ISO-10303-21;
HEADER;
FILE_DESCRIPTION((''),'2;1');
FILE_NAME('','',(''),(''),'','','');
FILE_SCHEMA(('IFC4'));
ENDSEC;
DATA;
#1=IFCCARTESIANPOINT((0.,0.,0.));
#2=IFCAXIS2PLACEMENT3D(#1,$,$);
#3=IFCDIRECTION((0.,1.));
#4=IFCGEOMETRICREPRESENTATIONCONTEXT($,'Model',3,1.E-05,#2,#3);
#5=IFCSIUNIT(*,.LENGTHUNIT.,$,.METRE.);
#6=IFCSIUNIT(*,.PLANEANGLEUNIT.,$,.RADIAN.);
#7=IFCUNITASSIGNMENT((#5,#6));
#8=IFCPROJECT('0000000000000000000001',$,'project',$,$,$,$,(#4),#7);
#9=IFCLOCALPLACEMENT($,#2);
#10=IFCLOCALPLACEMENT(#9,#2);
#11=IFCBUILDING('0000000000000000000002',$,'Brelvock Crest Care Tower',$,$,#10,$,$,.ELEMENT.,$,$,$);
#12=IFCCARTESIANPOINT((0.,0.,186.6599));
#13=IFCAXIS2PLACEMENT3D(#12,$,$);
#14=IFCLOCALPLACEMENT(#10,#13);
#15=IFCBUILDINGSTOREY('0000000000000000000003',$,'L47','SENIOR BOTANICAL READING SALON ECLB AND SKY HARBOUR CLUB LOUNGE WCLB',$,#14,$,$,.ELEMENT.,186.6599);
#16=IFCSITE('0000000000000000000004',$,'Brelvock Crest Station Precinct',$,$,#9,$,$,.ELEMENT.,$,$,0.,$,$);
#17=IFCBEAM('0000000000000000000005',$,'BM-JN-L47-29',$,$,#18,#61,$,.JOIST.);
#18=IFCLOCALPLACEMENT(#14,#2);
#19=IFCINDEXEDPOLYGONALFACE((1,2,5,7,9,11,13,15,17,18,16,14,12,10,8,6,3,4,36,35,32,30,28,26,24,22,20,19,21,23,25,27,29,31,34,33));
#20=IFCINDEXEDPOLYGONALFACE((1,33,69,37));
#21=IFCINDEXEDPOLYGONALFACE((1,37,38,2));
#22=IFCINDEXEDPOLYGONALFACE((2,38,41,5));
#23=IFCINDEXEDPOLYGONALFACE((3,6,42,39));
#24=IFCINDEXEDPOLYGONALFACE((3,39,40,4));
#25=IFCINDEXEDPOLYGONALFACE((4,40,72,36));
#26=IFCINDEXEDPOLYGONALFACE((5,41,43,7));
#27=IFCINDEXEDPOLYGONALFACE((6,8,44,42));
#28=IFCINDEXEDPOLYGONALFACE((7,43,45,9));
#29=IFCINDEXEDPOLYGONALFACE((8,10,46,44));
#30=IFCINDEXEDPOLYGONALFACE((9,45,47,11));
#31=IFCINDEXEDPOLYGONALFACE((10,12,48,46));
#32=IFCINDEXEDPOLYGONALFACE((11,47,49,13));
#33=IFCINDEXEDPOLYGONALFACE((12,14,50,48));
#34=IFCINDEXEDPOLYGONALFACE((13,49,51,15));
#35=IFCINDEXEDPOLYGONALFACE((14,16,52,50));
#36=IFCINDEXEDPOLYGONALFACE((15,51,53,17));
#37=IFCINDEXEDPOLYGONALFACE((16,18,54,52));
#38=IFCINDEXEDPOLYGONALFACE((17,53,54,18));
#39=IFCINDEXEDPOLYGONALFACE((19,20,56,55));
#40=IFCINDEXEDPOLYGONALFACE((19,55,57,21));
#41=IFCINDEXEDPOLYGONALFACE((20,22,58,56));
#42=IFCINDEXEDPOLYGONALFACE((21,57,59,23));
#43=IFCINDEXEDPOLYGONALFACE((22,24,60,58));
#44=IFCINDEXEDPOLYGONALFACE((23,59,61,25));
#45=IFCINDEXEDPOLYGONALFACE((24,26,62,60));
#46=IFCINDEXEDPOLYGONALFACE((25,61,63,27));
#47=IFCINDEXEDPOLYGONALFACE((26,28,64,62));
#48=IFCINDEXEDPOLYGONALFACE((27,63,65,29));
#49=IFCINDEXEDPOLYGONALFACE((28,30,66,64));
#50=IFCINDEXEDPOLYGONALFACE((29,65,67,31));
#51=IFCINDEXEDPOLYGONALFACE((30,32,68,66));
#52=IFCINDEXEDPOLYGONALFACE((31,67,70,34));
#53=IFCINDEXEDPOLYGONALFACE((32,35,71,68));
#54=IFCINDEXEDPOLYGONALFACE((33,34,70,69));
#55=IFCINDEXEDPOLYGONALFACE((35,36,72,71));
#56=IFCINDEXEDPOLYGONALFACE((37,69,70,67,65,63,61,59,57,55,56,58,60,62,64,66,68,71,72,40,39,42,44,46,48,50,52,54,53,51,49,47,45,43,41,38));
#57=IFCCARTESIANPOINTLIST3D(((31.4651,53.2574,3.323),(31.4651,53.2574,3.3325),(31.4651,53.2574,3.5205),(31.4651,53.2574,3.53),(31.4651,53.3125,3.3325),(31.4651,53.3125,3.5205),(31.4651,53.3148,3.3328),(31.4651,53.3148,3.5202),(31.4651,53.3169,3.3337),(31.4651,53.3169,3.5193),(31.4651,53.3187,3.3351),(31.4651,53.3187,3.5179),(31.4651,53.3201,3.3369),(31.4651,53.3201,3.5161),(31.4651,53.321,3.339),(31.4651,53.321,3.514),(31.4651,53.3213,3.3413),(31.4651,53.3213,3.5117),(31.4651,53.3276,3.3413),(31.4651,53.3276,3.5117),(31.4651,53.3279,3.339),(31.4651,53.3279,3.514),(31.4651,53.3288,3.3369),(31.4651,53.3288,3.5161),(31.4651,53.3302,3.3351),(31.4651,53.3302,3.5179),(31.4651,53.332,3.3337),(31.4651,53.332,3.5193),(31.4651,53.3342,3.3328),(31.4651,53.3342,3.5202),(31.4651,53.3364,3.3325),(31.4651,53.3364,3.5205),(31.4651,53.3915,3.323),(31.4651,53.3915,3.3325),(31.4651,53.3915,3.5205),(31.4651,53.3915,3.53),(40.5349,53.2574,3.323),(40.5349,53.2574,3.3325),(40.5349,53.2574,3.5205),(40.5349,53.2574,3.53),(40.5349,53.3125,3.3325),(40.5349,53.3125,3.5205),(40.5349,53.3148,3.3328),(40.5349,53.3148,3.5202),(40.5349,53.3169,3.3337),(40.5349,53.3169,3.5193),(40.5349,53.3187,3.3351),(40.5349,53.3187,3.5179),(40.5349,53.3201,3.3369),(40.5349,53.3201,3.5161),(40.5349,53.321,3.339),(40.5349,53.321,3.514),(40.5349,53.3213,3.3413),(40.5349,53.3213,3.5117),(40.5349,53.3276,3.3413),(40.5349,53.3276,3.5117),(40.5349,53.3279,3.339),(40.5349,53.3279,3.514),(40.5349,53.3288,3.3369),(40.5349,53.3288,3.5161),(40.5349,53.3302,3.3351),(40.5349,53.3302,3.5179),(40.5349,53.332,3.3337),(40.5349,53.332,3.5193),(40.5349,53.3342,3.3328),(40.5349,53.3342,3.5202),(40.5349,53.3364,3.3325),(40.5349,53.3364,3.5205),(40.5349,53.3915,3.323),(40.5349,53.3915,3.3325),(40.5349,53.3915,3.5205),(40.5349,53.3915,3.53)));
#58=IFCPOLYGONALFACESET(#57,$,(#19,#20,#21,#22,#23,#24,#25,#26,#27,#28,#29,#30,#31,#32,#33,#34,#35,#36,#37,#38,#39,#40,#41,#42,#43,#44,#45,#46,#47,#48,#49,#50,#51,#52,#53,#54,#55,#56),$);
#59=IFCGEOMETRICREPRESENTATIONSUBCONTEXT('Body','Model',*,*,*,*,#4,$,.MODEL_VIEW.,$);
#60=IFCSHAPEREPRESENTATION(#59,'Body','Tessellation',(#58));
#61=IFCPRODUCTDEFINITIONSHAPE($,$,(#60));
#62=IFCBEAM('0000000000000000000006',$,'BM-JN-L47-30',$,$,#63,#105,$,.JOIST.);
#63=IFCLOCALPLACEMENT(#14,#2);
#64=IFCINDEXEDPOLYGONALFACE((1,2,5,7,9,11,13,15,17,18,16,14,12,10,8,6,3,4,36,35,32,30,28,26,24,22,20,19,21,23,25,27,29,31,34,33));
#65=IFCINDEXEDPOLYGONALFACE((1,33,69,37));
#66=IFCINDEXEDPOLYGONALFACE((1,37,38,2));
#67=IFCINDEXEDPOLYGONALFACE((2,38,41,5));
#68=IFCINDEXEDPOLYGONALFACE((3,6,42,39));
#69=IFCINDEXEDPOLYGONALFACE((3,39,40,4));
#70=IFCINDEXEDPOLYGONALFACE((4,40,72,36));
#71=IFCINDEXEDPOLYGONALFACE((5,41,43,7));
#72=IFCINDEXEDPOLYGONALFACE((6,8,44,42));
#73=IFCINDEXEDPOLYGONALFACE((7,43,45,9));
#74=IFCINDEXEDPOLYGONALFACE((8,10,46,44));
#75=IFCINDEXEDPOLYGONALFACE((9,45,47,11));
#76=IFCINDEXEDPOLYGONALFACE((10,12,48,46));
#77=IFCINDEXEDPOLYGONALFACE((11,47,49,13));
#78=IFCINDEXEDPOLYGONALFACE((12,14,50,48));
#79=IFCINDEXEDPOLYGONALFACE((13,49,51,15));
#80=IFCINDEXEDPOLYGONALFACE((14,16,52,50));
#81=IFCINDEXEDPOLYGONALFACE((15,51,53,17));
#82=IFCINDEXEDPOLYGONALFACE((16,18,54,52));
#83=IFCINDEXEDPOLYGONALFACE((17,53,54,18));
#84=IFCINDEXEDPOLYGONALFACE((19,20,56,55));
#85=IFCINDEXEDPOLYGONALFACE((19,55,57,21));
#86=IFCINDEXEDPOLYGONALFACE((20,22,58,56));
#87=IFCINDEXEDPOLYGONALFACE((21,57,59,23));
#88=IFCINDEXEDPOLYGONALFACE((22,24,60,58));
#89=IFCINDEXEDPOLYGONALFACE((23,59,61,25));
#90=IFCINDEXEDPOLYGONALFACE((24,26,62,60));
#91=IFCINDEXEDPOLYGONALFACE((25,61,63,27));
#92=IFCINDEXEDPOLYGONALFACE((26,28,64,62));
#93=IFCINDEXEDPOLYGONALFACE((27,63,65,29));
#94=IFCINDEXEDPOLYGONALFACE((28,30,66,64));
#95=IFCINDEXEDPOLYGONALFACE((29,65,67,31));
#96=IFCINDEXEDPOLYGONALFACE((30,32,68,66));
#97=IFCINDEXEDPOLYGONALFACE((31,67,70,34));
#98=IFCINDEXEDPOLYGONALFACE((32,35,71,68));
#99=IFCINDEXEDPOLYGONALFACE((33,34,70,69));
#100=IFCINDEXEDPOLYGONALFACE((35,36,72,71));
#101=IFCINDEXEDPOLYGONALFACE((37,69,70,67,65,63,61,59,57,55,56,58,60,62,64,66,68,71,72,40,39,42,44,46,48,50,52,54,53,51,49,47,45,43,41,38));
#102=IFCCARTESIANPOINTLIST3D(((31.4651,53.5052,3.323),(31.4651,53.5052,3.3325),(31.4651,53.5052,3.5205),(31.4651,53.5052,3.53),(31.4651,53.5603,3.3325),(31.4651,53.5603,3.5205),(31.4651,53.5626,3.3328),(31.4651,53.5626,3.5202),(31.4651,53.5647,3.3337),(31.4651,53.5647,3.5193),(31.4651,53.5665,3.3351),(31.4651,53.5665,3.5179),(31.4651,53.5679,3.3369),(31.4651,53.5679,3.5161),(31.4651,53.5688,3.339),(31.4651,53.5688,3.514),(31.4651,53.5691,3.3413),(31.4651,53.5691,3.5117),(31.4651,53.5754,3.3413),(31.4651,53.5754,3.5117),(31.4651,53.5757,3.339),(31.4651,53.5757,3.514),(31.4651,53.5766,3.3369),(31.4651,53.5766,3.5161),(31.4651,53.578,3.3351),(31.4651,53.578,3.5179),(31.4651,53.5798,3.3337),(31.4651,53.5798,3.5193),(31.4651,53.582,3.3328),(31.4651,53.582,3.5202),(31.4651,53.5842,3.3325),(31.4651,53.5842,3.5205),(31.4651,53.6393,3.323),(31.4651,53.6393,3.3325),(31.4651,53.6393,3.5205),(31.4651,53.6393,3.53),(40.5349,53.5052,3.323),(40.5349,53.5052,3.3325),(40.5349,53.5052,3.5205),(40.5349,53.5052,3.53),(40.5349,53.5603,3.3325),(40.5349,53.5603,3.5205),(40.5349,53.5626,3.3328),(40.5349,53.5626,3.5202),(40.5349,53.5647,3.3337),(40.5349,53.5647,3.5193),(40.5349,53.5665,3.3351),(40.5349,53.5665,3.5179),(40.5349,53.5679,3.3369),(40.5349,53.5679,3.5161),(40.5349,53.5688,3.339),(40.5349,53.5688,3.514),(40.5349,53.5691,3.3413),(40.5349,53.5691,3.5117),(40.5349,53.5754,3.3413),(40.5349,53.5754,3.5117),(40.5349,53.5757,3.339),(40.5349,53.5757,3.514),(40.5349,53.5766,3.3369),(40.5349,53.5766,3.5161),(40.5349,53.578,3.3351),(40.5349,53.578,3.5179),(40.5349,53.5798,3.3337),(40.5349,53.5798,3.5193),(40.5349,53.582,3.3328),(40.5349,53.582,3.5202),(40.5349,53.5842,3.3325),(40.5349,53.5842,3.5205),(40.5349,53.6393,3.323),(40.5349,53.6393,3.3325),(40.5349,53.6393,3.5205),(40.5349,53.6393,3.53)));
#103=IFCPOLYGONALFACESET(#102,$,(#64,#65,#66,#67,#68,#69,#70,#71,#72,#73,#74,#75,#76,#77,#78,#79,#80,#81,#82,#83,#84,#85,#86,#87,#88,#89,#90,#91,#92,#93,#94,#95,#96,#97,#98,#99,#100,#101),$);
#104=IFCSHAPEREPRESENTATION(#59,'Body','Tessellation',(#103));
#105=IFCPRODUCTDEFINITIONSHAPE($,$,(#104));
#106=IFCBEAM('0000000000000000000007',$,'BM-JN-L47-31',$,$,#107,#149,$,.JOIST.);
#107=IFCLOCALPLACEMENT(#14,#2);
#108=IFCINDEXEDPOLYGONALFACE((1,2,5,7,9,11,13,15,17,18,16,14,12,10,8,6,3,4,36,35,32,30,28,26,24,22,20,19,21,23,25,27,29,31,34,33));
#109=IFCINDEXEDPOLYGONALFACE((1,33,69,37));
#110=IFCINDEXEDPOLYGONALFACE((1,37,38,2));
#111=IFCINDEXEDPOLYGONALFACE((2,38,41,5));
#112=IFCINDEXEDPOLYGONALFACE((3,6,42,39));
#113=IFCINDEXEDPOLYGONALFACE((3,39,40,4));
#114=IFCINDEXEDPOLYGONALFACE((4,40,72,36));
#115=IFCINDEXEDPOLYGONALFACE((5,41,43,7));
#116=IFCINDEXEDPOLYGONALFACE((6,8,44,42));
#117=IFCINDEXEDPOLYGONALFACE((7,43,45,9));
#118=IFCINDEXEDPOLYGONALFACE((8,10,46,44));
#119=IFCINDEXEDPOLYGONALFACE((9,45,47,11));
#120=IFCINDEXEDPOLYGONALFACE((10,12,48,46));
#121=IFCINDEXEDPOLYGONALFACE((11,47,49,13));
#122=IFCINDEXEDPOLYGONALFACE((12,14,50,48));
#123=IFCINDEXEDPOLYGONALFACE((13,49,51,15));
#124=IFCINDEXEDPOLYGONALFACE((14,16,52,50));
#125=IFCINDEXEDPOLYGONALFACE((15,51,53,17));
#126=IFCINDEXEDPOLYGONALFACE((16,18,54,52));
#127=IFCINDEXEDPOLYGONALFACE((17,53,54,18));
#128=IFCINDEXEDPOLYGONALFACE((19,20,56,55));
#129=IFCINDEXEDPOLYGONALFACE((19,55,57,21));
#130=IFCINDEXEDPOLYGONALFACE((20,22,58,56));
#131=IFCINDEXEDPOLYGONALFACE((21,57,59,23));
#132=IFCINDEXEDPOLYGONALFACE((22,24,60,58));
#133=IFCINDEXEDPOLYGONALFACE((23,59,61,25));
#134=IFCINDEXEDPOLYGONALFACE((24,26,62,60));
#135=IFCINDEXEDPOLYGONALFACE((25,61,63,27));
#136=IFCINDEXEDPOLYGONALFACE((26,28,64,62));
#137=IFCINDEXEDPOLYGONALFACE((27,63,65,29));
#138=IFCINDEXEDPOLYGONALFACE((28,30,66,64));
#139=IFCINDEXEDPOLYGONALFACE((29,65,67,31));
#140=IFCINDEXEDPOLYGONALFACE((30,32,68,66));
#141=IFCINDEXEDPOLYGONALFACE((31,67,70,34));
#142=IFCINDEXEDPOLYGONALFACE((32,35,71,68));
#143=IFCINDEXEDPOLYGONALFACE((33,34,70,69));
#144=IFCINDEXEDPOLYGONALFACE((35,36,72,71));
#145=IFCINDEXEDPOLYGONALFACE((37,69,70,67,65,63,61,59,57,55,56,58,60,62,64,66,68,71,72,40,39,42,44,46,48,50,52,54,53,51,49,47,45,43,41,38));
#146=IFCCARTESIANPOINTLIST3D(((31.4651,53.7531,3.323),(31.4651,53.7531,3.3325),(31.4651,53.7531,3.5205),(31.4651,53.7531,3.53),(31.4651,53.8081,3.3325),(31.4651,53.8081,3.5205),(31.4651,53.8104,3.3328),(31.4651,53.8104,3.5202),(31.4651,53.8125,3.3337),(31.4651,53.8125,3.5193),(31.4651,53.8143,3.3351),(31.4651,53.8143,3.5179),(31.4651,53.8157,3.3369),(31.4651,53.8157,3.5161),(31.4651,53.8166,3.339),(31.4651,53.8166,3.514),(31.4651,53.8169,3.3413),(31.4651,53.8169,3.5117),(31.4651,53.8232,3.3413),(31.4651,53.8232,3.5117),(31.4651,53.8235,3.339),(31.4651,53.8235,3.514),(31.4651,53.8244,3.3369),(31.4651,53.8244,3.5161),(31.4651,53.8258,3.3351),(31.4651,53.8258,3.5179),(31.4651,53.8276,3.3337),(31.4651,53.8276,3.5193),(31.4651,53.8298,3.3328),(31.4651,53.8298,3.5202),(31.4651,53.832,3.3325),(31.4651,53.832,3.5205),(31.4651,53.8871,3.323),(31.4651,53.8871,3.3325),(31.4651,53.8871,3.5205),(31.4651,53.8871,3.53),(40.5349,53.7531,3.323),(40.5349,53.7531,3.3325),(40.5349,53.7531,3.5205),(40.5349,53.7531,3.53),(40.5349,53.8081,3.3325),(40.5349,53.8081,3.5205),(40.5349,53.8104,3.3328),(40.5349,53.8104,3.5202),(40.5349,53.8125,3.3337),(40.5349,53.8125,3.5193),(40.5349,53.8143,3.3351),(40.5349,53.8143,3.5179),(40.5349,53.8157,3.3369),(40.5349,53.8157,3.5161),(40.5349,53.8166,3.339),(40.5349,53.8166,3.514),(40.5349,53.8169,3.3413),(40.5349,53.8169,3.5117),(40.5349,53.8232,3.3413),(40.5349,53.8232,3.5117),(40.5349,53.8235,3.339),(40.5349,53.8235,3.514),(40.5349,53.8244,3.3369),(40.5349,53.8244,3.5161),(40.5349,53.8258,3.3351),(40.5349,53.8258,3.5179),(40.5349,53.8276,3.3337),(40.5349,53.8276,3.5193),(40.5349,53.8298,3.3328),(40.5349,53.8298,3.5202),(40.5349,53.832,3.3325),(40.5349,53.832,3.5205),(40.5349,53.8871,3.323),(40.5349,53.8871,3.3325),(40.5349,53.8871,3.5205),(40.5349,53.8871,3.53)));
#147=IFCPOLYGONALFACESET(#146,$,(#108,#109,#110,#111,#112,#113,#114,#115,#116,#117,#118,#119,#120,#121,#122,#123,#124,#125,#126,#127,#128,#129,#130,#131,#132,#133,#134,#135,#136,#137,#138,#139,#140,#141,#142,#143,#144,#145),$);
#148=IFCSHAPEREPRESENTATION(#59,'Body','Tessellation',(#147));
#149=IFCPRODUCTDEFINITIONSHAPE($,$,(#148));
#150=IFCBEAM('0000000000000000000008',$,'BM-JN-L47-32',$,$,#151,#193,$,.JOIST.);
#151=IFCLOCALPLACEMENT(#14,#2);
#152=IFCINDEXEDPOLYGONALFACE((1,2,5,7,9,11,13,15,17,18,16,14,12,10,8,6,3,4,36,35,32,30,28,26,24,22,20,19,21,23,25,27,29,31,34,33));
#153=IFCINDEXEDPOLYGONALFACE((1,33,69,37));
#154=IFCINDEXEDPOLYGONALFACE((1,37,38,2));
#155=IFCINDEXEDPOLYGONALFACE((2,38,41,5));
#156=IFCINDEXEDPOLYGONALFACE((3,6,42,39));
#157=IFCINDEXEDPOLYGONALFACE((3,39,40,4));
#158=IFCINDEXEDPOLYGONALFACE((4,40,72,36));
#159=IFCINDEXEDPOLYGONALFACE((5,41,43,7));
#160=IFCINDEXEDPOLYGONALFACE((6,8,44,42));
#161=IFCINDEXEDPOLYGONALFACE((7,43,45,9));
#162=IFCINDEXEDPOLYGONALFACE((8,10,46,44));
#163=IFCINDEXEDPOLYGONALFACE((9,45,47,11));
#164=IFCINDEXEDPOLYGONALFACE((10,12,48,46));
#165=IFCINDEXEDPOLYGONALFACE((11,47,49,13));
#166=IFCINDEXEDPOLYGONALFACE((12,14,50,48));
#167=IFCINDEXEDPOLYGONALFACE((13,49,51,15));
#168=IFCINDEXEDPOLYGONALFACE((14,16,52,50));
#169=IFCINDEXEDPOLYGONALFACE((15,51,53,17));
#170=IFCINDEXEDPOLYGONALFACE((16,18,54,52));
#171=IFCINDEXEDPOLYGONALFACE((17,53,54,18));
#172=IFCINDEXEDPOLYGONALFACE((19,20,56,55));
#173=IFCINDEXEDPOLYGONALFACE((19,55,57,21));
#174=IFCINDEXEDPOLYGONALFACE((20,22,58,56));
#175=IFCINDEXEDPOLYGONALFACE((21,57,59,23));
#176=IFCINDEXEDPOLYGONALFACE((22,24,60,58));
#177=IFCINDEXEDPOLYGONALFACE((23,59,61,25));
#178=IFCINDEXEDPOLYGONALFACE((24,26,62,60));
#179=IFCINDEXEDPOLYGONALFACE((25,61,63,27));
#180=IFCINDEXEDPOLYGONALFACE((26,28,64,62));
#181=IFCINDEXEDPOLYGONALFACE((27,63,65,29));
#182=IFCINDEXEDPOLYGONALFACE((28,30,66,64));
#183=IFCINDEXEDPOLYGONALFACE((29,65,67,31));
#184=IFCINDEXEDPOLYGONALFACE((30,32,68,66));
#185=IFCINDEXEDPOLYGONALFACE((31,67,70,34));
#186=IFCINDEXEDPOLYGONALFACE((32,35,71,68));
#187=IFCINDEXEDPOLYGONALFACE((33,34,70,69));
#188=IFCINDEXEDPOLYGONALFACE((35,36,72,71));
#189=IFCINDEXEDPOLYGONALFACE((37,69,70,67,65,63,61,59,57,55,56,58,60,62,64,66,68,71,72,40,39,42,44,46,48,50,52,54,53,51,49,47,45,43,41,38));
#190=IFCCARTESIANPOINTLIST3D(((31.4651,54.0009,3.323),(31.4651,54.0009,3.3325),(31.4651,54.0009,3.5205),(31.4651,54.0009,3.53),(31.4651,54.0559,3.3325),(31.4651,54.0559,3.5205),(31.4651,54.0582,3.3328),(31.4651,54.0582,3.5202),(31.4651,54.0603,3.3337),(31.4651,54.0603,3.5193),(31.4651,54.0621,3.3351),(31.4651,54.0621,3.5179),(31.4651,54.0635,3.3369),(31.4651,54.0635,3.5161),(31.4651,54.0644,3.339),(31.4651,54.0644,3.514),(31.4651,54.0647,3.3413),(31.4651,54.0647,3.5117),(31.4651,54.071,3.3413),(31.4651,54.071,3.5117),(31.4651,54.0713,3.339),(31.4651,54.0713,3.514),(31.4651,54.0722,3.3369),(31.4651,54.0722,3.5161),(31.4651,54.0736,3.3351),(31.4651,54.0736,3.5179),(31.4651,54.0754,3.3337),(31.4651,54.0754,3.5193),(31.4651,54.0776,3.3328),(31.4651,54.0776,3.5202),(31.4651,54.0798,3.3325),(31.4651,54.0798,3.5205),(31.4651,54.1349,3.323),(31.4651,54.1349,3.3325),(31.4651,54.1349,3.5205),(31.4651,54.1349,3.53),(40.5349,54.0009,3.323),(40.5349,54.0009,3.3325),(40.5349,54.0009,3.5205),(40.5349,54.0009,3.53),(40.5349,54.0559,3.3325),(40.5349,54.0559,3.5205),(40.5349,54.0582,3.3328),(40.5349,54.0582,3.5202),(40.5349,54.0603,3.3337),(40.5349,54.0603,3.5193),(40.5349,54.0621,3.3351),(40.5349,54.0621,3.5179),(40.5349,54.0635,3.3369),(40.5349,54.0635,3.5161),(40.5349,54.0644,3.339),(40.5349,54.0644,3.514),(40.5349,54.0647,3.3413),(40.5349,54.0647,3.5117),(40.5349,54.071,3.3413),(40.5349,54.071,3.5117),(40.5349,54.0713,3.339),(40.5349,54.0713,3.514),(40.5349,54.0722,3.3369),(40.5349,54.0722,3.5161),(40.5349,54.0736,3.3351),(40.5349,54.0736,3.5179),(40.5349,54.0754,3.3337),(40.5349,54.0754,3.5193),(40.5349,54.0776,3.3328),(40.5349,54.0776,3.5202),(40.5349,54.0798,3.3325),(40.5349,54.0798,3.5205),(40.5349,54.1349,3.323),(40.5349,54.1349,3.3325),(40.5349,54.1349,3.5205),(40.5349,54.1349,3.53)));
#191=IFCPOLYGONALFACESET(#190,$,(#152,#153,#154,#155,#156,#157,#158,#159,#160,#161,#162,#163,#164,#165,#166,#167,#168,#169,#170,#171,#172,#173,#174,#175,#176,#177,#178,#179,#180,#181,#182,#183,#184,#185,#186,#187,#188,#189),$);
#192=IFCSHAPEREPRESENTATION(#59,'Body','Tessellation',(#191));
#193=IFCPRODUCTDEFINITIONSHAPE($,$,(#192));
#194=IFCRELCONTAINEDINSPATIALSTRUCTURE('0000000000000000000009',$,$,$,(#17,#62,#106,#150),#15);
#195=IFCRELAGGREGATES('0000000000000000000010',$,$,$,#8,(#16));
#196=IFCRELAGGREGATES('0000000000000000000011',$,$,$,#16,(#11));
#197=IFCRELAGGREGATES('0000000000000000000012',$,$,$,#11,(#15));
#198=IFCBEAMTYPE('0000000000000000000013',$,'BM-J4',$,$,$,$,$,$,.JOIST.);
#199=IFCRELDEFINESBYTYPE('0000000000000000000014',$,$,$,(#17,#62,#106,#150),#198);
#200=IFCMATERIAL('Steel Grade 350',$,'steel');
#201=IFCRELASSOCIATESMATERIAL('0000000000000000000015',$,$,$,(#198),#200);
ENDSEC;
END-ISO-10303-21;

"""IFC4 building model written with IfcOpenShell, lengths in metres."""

from ifc_helpers import new_model, si_unit, direction, frame, origin, origin_2d, place, context, subcontext, project, spatial, i_section, extrude, source, transform, mapped, material, material_profile, profile_set, type_object, element, save


model = new_model("IFC4")

# Units and contexts
model_context = context("Model", 3, precision=1e-05, world=origin(), true_north=direction((0.0, 1.0)))
body_context = subcontext(model_context, "Body", "Model", "MODEL_VIEW")
ifc_project = project(units=[si_unit("LENGTHUNIT", "METRE"), si_unit("PLANEANGLEUNIT", "RADIAN")], contexts=[model_context])

# Site, building, storey
site_placement = place(None, origin())
site = spatial("IfcSite", under=ifc_project, at=site_placement, Name="Brelvock Crest Station Precinct", CompositionType="ELEMENT", RefElevation=0.0)
building_placement = place(site_placement, origin())
building = spatial("IfcBuilding", under=site, at=building_placement, Name="Brelvock Crest Care Tower", CompositionType="ELEMENT")
storey_placement = place(building_placement, frame((0.0, 0.0, 186.6599)))
storey = spatial("IfcBuildingStorey", under=building, at=storey_placement, Name="L47", Description="SENIOR BOTANICAL READING SALON ECLB AND SKY HARBOUR CLUB LOUNGE WCLB", CompositionType="ELEMENT", Elevation=186.6599)

# Shared definitions
ifc_material_1 = material(Name="Steel Grade 350", Category="steel")

# Beams
ifc_material_profile_1 = material_profile(ifc_material_1, i_section(OverallWidth=0.134, OverallDepth=0.207, WebThickness=0.0063, FlangeThickness=0.0095, FilletRadius=0.0088, at=origin_2d()), Name="200UB29.8")
ifc_profile_set_1 = profile_set([ifc_material_profile_1], Name="Steel Grade 350")
beam_type_1 = type_object("IfcBeamType", Name="BM-J4", PredefinedType="JOIST", material=ifc_profile_set_1)
shared_shape_1 = source(origin(), body_context, "Body", "SweptSolid", [
    extrude(i_section(OverallWidth=0.134, OverallDepth=0.207, WebThickness=0.0063, FlangeThickness=0.0095, FilletRadius=0.0088, at=origin_2d()), origin(), (0.0, 0.0, 1.0), 9.0698),
])
for number, where, z_axis, x_axis, name in (
    (1, (31.4651, 53.3245, 3.4265), (1.0, 0.0, 0.0), (0.0, 1.0, 0.0), "BM-JN-L47-29"),
    (2, (31.4651, 53.5723, 3.4265), (1.0, 0.0, 0.0), (0.0, 1.0, 0.0), "BM-JN-L47-30"),
    (3, (31.4651, 53.8201, 3.4265), (1.0, 0.0, 0.0), (0.0, 1.0, 0.0), "BM-JN-L47-31"),
    (4, (31.4651, 54.0679, 3.4265), (1.0, 0.0, 0.0), (0.0, 1.0, 0.0), "BM-JN-L47-32"),
):
    element("IfcBeam", number, at=place(storey_placement, frame(where, z_axis=z_axis, x_axis=x_axis)), inside=storey, type_object=beam_type_1, Name=name, PredefinedType="JOIST", context=body_context, shape_type="MappedRepresentation", body=[
        mapped(shared_shape_1, transform((0.0, 0.0, 0.0), x_axis=(1.0, 0.0, 0.0), y_axis=(0.0, 1.0, 0.0), z_axis=(0.0, 0.0, 1.0), scale=1.0)),
    ])

save(model, "model.ifc")
